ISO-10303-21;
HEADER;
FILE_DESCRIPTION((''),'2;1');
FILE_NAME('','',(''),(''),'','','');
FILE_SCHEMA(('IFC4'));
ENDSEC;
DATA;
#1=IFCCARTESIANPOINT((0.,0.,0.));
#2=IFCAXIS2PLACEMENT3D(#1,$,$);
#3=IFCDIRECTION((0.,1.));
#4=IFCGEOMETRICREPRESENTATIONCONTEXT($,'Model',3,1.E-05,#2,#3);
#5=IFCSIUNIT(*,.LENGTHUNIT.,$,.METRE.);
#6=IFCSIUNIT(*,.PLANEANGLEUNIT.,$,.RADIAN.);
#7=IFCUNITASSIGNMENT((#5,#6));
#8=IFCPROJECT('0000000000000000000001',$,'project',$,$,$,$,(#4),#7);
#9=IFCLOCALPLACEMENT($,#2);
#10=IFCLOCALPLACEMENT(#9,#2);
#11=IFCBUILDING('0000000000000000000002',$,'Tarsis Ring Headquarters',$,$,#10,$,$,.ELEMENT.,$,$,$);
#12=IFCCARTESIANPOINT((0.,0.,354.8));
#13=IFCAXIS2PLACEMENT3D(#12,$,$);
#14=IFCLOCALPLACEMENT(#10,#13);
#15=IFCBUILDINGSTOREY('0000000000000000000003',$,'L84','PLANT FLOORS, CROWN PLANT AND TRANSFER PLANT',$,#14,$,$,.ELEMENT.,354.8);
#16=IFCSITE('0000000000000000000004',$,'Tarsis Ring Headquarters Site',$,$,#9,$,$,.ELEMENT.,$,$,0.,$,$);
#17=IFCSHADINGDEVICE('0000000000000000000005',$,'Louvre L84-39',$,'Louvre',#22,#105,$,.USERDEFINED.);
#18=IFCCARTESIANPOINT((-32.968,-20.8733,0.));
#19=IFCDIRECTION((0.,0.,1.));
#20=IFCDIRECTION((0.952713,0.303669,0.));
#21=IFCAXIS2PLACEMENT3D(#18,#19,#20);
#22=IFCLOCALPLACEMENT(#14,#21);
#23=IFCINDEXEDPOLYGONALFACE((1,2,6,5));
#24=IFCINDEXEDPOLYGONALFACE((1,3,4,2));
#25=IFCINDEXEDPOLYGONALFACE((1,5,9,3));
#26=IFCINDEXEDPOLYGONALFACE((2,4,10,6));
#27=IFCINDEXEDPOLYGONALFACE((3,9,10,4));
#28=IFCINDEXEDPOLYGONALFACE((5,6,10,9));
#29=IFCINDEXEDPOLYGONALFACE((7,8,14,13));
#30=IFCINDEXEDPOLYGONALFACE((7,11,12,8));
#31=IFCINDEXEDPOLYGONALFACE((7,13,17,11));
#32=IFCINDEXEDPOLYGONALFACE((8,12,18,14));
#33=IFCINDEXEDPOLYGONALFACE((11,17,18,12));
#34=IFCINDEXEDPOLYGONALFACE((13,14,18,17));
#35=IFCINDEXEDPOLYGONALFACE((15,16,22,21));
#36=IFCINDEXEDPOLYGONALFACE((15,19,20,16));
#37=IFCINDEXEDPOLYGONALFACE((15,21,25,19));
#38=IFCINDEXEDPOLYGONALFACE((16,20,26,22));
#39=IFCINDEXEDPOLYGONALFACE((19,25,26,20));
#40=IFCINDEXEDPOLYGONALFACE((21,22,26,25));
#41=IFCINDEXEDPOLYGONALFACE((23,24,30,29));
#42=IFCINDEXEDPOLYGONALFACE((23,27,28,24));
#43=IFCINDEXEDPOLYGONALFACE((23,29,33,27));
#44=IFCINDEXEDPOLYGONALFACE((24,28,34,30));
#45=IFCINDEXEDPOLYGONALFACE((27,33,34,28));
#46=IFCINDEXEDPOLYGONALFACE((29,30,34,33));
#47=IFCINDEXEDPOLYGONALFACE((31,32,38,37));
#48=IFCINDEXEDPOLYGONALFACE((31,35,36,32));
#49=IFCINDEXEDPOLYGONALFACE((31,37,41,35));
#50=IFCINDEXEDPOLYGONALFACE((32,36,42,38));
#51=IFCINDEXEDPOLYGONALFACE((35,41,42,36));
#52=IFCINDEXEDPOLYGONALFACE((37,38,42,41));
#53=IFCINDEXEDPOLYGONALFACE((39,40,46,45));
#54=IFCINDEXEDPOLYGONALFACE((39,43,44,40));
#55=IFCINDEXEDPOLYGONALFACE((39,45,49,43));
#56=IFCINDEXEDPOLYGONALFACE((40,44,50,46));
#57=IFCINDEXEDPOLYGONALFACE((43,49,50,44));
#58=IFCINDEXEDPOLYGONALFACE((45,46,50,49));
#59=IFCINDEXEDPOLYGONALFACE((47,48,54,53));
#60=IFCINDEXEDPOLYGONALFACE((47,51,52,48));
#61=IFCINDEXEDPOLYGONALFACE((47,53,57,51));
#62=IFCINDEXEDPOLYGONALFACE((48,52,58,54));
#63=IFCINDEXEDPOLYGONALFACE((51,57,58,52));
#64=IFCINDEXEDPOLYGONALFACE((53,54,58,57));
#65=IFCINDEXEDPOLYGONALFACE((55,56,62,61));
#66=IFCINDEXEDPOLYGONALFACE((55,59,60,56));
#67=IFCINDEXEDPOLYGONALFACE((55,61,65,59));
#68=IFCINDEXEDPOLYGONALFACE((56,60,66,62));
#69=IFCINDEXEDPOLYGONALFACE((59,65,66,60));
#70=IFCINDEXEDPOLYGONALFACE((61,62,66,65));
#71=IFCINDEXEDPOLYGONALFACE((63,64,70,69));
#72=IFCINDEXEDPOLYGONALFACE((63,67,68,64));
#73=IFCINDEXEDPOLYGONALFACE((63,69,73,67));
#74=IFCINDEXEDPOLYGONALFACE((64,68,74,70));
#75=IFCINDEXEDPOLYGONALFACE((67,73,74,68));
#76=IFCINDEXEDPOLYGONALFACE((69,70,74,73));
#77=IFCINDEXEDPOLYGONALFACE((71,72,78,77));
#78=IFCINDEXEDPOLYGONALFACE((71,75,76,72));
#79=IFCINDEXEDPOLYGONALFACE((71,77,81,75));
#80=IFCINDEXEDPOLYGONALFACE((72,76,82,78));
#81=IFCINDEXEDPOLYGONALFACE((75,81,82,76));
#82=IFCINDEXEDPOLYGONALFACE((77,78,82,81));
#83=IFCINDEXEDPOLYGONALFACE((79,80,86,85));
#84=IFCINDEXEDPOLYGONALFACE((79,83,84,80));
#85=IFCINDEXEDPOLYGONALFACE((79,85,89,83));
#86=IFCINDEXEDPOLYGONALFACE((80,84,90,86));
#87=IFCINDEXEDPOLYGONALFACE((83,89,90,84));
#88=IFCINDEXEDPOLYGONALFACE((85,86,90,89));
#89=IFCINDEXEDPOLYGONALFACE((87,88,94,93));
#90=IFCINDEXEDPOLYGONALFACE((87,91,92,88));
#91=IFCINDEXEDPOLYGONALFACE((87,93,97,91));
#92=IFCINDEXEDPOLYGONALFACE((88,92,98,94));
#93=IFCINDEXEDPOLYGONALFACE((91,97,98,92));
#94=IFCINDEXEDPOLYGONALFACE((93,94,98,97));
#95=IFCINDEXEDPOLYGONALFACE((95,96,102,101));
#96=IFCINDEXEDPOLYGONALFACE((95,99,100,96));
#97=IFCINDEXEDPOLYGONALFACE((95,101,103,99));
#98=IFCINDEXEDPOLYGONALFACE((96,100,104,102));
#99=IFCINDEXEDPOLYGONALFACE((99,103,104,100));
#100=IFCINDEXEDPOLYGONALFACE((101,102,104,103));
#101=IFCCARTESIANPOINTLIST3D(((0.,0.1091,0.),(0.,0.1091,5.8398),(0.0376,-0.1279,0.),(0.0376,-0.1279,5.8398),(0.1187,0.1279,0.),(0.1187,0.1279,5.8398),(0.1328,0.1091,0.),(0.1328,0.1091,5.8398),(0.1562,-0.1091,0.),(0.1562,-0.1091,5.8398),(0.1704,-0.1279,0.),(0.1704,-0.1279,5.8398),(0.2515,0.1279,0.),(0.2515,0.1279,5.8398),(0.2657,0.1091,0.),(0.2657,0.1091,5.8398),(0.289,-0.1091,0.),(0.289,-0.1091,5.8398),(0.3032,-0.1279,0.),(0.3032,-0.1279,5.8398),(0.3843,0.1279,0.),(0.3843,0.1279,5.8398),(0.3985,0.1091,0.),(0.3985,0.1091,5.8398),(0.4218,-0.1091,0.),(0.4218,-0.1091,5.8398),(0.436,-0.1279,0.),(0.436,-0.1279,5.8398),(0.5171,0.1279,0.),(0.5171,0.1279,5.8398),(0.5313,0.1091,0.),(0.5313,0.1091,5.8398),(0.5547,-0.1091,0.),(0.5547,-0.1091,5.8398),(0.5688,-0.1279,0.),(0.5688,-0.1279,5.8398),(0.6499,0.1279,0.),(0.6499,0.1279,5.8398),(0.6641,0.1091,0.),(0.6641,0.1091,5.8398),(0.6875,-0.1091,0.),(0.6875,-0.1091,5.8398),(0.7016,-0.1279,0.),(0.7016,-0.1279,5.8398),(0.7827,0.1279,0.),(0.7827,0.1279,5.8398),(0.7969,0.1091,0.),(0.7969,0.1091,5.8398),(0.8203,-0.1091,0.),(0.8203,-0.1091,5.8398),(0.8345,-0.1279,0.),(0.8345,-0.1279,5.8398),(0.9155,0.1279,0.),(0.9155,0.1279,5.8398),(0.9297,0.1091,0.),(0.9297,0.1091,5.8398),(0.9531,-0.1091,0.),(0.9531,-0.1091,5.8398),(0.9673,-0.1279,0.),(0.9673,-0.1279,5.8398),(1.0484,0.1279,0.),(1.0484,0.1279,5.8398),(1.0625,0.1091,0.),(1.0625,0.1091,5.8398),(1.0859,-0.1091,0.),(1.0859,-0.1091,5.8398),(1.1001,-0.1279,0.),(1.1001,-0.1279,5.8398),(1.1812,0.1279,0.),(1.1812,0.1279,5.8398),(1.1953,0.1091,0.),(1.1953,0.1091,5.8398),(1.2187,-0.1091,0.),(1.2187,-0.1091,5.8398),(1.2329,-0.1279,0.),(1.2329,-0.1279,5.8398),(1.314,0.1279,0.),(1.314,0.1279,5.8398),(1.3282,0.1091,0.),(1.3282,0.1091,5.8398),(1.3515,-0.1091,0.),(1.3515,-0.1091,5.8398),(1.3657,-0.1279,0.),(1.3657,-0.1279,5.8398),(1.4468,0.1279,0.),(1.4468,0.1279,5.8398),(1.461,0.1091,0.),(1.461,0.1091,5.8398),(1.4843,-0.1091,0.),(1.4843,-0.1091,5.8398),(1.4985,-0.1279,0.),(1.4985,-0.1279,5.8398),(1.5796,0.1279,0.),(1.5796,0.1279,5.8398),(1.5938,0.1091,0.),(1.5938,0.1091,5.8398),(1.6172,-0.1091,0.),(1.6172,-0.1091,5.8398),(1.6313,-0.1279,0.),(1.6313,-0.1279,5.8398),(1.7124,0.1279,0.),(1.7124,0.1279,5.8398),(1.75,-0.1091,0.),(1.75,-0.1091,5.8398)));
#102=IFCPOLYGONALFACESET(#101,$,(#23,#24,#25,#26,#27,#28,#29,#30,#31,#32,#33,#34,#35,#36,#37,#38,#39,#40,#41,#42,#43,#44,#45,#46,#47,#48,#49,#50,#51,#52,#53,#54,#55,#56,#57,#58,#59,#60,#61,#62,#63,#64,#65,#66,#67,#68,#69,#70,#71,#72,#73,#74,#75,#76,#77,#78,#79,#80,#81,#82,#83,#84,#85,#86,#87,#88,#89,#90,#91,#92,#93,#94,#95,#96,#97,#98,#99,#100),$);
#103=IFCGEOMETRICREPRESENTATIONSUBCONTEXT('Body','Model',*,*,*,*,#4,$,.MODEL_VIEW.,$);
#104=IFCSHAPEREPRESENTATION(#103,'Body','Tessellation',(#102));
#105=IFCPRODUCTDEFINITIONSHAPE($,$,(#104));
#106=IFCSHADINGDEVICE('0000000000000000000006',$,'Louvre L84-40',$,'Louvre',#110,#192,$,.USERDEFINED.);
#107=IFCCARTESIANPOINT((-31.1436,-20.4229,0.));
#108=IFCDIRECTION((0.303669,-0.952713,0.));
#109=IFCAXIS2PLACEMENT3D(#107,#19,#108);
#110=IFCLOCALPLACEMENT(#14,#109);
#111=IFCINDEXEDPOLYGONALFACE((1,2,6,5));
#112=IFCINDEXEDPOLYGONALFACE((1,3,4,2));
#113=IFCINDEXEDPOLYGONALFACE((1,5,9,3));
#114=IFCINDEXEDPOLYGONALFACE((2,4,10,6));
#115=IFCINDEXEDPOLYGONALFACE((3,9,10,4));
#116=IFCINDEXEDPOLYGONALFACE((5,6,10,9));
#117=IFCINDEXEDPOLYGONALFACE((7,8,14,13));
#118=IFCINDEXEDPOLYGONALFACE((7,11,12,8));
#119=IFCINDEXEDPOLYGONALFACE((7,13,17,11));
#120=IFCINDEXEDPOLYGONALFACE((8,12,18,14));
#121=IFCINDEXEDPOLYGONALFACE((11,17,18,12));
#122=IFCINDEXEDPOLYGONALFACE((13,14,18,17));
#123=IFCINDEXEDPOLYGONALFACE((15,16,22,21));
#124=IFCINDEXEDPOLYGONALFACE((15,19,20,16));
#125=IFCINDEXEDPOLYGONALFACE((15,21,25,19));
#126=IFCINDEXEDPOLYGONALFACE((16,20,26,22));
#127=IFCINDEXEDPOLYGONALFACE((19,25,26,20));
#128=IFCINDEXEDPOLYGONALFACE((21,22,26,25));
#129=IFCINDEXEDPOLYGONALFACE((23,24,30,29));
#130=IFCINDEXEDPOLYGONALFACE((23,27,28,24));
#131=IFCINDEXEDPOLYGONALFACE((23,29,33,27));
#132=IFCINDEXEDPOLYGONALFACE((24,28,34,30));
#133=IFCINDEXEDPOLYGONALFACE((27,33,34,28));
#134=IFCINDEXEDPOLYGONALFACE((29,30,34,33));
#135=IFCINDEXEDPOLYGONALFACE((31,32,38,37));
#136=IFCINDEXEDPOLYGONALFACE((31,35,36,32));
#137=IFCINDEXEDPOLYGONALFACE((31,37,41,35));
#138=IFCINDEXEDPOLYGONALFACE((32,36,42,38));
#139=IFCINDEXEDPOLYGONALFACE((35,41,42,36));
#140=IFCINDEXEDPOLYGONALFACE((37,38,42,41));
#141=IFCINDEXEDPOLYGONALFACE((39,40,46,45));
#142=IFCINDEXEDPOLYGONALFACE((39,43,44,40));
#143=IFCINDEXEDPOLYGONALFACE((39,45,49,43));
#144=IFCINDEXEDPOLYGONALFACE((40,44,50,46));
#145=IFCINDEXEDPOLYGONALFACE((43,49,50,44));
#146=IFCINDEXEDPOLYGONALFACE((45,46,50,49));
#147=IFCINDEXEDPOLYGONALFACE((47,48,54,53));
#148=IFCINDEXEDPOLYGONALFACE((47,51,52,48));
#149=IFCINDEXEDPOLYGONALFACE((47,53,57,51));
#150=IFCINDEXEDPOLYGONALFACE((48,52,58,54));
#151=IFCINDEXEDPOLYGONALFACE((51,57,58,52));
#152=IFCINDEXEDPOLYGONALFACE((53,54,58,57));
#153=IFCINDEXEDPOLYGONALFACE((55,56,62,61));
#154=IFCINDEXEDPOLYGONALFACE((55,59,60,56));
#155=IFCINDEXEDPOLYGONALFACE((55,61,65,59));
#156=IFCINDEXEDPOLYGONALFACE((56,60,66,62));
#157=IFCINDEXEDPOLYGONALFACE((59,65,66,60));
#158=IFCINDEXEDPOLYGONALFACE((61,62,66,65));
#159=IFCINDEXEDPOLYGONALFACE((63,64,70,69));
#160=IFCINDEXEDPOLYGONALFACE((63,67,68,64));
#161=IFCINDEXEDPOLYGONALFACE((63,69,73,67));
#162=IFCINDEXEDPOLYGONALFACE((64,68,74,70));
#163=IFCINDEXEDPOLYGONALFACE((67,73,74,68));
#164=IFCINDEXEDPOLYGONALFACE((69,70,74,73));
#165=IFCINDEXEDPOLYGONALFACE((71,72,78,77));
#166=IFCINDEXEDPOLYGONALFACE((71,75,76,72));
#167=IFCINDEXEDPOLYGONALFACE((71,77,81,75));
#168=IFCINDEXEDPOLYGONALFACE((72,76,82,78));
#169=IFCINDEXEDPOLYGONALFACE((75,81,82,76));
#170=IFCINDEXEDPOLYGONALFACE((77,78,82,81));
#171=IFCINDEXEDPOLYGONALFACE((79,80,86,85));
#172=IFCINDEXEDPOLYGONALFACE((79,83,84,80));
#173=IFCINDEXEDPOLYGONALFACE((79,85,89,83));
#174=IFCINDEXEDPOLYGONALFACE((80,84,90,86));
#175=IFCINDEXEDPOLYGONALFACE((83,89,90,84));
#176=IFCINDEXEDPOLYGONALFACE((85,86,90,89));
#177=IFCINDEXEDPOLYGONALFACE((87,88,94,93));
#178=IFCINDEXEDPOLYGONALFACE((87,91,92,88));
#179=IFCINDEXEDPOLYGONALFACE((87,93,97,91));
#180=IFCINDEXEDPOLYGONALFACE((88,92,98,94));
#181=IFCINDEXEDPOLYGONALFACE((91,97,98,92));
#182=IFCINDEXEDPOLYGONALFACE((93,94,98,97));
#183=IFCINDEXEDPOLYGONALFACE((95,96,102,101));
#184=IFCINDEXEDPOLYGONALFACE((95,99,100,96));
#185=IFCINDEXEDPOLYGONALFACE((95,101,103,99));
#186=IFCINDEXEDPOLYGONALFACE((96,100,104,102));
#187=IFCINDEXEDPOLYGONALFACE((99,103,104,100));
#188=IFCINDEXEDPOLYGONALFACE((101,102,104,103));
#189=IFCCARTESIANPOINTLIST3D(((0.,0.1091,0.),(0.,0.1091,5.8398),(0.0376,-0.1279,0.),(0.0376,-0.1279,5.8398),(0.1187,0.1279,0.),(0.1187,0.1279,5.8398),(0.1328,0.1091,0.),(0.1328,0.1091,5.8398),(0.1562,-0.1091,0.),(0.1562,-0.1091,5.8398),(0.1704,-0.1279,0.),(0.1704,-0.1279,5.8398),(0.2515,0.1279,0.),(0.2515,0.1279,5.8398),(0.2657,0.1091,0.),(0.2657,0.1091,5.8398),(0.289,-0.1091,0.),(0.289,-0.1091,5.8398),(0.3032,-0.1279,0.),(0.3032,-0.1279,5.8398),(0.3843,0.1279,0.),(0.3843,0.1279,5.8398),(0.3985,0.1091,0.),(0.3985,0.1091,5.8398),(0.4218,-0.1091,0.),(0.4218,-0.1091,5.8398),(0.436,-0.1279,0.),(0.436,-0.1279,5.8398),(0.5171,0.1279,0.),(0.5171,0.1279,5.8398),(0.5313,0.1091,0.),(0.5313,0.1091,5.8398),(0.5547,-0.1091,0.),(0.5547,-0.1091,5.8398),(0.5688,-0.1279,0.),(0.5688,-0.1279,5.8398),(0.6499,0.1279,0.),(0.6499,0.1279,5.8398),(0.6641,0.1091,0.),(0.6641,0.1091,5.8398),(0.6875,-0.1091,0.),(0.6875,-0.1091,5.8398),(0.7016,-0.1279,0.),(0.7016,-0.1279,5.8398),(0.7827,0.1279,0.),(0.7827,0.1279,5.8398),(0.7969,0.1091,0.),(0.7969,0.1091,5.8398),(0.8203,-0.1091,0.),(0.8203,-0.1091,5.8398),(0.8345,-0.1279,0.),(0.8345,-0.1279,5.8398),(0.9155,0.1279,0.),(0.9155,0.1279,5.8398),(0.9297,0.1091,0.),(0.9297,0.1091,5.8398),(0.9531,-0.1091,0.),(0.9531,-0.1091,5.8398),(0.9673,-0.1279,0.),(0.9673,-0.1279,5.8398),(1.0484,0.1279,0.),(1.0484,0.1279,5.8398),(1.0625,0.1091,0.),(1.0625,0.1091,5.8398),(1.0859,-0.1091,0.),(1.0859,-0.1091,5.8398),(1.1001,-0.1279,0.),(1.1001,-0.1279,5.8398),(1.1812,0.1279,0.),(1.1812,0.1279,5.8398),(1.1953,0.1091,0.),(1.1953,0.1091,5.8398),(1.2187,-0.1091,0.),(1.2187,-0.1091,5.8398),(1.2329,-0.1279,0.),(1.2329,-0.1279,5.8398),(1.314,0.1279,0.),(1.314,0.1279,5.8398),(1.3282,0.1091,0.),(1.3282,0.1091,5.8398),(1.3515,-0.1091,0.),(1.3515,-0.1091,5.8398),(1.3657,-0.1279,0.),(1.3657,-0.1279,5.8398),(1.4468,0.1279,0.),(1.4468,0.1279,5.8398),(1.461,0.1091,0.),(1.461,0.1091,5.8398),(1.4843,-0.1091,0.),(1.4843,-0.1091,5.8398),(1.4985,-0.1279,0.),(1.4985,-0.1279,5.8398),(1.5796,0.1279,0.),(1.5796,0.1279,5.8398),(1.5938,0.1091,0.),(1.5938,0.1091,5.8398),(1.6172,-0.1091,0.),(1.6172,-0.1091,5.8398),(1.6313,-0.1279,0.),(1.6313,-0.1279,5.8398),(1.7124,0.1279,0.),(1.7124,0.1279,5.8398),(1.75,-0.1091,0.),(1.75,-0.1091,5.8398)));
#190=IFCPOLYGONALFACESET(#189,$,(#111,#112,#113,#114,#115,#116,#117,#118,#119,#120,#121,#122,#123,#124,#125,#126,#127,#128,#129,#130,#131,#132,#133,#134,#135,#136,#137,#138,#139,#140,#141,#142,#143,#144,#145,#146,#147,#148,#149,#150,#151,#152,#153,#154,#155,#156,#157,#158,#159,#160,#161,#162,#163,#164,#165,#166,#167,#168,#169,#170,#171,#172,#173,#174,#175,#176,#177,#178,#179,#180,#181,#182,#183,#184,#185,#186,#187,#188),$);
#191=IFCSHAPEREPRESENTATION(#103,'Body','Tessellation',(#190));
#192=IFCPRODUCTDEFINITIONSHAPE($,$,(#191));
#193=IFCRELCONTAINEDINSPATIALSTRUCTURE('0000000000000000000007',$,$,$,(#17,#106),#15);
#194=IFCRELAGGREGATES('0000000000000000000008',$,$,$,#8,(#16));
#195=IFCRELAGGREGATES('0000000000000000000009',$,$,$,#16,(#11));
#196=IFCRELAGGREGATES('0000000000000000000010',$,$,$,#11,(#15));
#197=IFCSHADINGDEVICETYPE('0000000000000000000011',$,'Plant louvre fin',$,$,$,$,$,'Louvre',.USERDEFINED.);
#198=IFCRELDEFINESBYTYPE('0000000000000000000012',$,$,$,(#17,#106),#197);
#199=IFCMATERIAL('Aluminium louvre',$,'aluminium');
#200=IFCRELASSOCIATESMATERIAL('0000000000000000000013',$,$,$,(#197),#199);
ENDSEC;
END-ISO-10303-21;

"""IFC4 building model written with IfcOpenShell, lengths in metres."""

from ifc_helpers import new_model, si_unit, direction, frame, frame_2d, origin, place, context, subcontext, project, spatial, rectangle, composite_profile, extrude, material, type_object, element, save


model = new_model("IFC4")

# Units and contexts
model_context = context("Model", 3, precision=1e-05, world=origin(), true_north=direction((0.0, 1.0)))
body_context = subcontext(model_context, "Body", "Model", "MODEL_VIEW")
ifc_project = project(units=[si_unit("LENGTHUNIT", "METRE"), si_unit("PLANEANGLEUNIT", "RADIAN")], contexts=[model_context])

# Site, building, storey
site_placement = place(None, origin())
site = spatial("IfcSite", under=ifc_project, at=site_placement, Name="Tarsis Ring Headquarters Site", CompositionType="ELEMENT", RefElevation=0.0)
building_placement = place(site_placement, origin())
building = spatial("IfcBuilding", under=site, at=building_placement, Name="Tarsis Ring Headquarters", CompositionType="ELEMENT")
storey_placement = place(building_placement, frame((0.0, 0.0, 354.8)))
storey = spatial("IfcBuildingStorey", under=building, at=storey_placement, Name="L84", Description="PLANT FLOORS, CROWN PLANT AND TRANSFER PLANT", CompositionType="ELEMENT", Elevation=354.8)

# Shading devices
ifc_material_1 = material(Name="Aluminium louvre", Category="aluminium")
shading_device_type_1 = type_object("IfcShadingDeviceType", Name="Plant louvre fin", ElementType="Louvre", PredefinedType="USERDEFINED", material=ifc_material_1)
for number, where, z_axis, x_axis, name in (
    (1, (-32.968, -20.8733, 0.0), (0.0, 0.0, 1.0), (0.952713, 0.303669, 0.0), "Louvre L84-39"),
    (2, (-31.1436, -20.4229, 0.0), (0.0, 0.0, 1.0), (0.303669, -0.952713, 0.0), "Louvre L84-40"),
):
    element("IfcShadingDevice", number, at=place(storey_placement, frame(where, z_axis=z_axis, x_axis=x_axis)), inside=storey, type_object=shading_device_type_1, Name=name, ObjectType="Louvre", PredefinedType="USERDEFINED", context=body_context, shape_type="SweptSolid", body=[
        extrude(composite_profile([rectangle(XDim=0.1201, YDim=0.24, at=frame_2d((0.0781, 0.0), x_axis=(0.987688, 0.156434))), rectangle(XDim=0.1201, YDim=0.24, at=frame_2d((0.2109, 0.0), x_axis=(0.987688, 0.156434))), rectangle(XDim=0.1201, YDim=0.24, at=frame_2d((0.3438, 0.0), x_axis=(0.987688, 0.156434))), rectangle(XDim=0.1201, YDim=0.24, at=frame_2d((0.4766, 0.0), x_axis=(0.987688, 0.156434))), rectangle(XDim=0.1201, YDim=0.24, at=frame_2d((0.6094, 0.0), x_axis=(0.987688, 0.156434))), rectangle(XDim=0.1201, YDim=0.24, at=frame_2d((0.7422, 0.0), x_axis=(0.987688, 0.156434))), rectangle(XDim=0.1201, YDim=0.24, at=frame_2d((0.875, 0.0), x_axis=(0.987688, 0.156434))), rectangle(XDim=0.1201, YDim=0.24, at=frame_2d((1.0078, 0.0), x_axis=(0.987688, 0.156434))), rectangle(XDim=0.1201, YDim=0.24, at=frame_2d((1.1406, 0.0), x_axis=(0.987688, 0.156434))), rectangle(XDim=0.1201, YDim=0.24, at=frame_2d((1.2734, 0.0), x_axis=(0.987688, 0.156434))), rectangle(XDim=0.1201, YDim=0.24, at=frame_2d((1.4062, 0.0), x_axis=(0.987688, 0.156434))), rectangle(XDim=0.1201, YDim=0.24, at=frame_2d((1.5391, 0.0), x_axis=(0.987688, 0.156434))), rectangle(XDim=0.1201, YDim=0.24, at=frame_2d((1.6719, 0.0), x_axis=(0.987688, 0.156434)))]), origin(), (0.0, 0.0, 1.0), 5.8398),
    ])

save(model, "model.ifc")
